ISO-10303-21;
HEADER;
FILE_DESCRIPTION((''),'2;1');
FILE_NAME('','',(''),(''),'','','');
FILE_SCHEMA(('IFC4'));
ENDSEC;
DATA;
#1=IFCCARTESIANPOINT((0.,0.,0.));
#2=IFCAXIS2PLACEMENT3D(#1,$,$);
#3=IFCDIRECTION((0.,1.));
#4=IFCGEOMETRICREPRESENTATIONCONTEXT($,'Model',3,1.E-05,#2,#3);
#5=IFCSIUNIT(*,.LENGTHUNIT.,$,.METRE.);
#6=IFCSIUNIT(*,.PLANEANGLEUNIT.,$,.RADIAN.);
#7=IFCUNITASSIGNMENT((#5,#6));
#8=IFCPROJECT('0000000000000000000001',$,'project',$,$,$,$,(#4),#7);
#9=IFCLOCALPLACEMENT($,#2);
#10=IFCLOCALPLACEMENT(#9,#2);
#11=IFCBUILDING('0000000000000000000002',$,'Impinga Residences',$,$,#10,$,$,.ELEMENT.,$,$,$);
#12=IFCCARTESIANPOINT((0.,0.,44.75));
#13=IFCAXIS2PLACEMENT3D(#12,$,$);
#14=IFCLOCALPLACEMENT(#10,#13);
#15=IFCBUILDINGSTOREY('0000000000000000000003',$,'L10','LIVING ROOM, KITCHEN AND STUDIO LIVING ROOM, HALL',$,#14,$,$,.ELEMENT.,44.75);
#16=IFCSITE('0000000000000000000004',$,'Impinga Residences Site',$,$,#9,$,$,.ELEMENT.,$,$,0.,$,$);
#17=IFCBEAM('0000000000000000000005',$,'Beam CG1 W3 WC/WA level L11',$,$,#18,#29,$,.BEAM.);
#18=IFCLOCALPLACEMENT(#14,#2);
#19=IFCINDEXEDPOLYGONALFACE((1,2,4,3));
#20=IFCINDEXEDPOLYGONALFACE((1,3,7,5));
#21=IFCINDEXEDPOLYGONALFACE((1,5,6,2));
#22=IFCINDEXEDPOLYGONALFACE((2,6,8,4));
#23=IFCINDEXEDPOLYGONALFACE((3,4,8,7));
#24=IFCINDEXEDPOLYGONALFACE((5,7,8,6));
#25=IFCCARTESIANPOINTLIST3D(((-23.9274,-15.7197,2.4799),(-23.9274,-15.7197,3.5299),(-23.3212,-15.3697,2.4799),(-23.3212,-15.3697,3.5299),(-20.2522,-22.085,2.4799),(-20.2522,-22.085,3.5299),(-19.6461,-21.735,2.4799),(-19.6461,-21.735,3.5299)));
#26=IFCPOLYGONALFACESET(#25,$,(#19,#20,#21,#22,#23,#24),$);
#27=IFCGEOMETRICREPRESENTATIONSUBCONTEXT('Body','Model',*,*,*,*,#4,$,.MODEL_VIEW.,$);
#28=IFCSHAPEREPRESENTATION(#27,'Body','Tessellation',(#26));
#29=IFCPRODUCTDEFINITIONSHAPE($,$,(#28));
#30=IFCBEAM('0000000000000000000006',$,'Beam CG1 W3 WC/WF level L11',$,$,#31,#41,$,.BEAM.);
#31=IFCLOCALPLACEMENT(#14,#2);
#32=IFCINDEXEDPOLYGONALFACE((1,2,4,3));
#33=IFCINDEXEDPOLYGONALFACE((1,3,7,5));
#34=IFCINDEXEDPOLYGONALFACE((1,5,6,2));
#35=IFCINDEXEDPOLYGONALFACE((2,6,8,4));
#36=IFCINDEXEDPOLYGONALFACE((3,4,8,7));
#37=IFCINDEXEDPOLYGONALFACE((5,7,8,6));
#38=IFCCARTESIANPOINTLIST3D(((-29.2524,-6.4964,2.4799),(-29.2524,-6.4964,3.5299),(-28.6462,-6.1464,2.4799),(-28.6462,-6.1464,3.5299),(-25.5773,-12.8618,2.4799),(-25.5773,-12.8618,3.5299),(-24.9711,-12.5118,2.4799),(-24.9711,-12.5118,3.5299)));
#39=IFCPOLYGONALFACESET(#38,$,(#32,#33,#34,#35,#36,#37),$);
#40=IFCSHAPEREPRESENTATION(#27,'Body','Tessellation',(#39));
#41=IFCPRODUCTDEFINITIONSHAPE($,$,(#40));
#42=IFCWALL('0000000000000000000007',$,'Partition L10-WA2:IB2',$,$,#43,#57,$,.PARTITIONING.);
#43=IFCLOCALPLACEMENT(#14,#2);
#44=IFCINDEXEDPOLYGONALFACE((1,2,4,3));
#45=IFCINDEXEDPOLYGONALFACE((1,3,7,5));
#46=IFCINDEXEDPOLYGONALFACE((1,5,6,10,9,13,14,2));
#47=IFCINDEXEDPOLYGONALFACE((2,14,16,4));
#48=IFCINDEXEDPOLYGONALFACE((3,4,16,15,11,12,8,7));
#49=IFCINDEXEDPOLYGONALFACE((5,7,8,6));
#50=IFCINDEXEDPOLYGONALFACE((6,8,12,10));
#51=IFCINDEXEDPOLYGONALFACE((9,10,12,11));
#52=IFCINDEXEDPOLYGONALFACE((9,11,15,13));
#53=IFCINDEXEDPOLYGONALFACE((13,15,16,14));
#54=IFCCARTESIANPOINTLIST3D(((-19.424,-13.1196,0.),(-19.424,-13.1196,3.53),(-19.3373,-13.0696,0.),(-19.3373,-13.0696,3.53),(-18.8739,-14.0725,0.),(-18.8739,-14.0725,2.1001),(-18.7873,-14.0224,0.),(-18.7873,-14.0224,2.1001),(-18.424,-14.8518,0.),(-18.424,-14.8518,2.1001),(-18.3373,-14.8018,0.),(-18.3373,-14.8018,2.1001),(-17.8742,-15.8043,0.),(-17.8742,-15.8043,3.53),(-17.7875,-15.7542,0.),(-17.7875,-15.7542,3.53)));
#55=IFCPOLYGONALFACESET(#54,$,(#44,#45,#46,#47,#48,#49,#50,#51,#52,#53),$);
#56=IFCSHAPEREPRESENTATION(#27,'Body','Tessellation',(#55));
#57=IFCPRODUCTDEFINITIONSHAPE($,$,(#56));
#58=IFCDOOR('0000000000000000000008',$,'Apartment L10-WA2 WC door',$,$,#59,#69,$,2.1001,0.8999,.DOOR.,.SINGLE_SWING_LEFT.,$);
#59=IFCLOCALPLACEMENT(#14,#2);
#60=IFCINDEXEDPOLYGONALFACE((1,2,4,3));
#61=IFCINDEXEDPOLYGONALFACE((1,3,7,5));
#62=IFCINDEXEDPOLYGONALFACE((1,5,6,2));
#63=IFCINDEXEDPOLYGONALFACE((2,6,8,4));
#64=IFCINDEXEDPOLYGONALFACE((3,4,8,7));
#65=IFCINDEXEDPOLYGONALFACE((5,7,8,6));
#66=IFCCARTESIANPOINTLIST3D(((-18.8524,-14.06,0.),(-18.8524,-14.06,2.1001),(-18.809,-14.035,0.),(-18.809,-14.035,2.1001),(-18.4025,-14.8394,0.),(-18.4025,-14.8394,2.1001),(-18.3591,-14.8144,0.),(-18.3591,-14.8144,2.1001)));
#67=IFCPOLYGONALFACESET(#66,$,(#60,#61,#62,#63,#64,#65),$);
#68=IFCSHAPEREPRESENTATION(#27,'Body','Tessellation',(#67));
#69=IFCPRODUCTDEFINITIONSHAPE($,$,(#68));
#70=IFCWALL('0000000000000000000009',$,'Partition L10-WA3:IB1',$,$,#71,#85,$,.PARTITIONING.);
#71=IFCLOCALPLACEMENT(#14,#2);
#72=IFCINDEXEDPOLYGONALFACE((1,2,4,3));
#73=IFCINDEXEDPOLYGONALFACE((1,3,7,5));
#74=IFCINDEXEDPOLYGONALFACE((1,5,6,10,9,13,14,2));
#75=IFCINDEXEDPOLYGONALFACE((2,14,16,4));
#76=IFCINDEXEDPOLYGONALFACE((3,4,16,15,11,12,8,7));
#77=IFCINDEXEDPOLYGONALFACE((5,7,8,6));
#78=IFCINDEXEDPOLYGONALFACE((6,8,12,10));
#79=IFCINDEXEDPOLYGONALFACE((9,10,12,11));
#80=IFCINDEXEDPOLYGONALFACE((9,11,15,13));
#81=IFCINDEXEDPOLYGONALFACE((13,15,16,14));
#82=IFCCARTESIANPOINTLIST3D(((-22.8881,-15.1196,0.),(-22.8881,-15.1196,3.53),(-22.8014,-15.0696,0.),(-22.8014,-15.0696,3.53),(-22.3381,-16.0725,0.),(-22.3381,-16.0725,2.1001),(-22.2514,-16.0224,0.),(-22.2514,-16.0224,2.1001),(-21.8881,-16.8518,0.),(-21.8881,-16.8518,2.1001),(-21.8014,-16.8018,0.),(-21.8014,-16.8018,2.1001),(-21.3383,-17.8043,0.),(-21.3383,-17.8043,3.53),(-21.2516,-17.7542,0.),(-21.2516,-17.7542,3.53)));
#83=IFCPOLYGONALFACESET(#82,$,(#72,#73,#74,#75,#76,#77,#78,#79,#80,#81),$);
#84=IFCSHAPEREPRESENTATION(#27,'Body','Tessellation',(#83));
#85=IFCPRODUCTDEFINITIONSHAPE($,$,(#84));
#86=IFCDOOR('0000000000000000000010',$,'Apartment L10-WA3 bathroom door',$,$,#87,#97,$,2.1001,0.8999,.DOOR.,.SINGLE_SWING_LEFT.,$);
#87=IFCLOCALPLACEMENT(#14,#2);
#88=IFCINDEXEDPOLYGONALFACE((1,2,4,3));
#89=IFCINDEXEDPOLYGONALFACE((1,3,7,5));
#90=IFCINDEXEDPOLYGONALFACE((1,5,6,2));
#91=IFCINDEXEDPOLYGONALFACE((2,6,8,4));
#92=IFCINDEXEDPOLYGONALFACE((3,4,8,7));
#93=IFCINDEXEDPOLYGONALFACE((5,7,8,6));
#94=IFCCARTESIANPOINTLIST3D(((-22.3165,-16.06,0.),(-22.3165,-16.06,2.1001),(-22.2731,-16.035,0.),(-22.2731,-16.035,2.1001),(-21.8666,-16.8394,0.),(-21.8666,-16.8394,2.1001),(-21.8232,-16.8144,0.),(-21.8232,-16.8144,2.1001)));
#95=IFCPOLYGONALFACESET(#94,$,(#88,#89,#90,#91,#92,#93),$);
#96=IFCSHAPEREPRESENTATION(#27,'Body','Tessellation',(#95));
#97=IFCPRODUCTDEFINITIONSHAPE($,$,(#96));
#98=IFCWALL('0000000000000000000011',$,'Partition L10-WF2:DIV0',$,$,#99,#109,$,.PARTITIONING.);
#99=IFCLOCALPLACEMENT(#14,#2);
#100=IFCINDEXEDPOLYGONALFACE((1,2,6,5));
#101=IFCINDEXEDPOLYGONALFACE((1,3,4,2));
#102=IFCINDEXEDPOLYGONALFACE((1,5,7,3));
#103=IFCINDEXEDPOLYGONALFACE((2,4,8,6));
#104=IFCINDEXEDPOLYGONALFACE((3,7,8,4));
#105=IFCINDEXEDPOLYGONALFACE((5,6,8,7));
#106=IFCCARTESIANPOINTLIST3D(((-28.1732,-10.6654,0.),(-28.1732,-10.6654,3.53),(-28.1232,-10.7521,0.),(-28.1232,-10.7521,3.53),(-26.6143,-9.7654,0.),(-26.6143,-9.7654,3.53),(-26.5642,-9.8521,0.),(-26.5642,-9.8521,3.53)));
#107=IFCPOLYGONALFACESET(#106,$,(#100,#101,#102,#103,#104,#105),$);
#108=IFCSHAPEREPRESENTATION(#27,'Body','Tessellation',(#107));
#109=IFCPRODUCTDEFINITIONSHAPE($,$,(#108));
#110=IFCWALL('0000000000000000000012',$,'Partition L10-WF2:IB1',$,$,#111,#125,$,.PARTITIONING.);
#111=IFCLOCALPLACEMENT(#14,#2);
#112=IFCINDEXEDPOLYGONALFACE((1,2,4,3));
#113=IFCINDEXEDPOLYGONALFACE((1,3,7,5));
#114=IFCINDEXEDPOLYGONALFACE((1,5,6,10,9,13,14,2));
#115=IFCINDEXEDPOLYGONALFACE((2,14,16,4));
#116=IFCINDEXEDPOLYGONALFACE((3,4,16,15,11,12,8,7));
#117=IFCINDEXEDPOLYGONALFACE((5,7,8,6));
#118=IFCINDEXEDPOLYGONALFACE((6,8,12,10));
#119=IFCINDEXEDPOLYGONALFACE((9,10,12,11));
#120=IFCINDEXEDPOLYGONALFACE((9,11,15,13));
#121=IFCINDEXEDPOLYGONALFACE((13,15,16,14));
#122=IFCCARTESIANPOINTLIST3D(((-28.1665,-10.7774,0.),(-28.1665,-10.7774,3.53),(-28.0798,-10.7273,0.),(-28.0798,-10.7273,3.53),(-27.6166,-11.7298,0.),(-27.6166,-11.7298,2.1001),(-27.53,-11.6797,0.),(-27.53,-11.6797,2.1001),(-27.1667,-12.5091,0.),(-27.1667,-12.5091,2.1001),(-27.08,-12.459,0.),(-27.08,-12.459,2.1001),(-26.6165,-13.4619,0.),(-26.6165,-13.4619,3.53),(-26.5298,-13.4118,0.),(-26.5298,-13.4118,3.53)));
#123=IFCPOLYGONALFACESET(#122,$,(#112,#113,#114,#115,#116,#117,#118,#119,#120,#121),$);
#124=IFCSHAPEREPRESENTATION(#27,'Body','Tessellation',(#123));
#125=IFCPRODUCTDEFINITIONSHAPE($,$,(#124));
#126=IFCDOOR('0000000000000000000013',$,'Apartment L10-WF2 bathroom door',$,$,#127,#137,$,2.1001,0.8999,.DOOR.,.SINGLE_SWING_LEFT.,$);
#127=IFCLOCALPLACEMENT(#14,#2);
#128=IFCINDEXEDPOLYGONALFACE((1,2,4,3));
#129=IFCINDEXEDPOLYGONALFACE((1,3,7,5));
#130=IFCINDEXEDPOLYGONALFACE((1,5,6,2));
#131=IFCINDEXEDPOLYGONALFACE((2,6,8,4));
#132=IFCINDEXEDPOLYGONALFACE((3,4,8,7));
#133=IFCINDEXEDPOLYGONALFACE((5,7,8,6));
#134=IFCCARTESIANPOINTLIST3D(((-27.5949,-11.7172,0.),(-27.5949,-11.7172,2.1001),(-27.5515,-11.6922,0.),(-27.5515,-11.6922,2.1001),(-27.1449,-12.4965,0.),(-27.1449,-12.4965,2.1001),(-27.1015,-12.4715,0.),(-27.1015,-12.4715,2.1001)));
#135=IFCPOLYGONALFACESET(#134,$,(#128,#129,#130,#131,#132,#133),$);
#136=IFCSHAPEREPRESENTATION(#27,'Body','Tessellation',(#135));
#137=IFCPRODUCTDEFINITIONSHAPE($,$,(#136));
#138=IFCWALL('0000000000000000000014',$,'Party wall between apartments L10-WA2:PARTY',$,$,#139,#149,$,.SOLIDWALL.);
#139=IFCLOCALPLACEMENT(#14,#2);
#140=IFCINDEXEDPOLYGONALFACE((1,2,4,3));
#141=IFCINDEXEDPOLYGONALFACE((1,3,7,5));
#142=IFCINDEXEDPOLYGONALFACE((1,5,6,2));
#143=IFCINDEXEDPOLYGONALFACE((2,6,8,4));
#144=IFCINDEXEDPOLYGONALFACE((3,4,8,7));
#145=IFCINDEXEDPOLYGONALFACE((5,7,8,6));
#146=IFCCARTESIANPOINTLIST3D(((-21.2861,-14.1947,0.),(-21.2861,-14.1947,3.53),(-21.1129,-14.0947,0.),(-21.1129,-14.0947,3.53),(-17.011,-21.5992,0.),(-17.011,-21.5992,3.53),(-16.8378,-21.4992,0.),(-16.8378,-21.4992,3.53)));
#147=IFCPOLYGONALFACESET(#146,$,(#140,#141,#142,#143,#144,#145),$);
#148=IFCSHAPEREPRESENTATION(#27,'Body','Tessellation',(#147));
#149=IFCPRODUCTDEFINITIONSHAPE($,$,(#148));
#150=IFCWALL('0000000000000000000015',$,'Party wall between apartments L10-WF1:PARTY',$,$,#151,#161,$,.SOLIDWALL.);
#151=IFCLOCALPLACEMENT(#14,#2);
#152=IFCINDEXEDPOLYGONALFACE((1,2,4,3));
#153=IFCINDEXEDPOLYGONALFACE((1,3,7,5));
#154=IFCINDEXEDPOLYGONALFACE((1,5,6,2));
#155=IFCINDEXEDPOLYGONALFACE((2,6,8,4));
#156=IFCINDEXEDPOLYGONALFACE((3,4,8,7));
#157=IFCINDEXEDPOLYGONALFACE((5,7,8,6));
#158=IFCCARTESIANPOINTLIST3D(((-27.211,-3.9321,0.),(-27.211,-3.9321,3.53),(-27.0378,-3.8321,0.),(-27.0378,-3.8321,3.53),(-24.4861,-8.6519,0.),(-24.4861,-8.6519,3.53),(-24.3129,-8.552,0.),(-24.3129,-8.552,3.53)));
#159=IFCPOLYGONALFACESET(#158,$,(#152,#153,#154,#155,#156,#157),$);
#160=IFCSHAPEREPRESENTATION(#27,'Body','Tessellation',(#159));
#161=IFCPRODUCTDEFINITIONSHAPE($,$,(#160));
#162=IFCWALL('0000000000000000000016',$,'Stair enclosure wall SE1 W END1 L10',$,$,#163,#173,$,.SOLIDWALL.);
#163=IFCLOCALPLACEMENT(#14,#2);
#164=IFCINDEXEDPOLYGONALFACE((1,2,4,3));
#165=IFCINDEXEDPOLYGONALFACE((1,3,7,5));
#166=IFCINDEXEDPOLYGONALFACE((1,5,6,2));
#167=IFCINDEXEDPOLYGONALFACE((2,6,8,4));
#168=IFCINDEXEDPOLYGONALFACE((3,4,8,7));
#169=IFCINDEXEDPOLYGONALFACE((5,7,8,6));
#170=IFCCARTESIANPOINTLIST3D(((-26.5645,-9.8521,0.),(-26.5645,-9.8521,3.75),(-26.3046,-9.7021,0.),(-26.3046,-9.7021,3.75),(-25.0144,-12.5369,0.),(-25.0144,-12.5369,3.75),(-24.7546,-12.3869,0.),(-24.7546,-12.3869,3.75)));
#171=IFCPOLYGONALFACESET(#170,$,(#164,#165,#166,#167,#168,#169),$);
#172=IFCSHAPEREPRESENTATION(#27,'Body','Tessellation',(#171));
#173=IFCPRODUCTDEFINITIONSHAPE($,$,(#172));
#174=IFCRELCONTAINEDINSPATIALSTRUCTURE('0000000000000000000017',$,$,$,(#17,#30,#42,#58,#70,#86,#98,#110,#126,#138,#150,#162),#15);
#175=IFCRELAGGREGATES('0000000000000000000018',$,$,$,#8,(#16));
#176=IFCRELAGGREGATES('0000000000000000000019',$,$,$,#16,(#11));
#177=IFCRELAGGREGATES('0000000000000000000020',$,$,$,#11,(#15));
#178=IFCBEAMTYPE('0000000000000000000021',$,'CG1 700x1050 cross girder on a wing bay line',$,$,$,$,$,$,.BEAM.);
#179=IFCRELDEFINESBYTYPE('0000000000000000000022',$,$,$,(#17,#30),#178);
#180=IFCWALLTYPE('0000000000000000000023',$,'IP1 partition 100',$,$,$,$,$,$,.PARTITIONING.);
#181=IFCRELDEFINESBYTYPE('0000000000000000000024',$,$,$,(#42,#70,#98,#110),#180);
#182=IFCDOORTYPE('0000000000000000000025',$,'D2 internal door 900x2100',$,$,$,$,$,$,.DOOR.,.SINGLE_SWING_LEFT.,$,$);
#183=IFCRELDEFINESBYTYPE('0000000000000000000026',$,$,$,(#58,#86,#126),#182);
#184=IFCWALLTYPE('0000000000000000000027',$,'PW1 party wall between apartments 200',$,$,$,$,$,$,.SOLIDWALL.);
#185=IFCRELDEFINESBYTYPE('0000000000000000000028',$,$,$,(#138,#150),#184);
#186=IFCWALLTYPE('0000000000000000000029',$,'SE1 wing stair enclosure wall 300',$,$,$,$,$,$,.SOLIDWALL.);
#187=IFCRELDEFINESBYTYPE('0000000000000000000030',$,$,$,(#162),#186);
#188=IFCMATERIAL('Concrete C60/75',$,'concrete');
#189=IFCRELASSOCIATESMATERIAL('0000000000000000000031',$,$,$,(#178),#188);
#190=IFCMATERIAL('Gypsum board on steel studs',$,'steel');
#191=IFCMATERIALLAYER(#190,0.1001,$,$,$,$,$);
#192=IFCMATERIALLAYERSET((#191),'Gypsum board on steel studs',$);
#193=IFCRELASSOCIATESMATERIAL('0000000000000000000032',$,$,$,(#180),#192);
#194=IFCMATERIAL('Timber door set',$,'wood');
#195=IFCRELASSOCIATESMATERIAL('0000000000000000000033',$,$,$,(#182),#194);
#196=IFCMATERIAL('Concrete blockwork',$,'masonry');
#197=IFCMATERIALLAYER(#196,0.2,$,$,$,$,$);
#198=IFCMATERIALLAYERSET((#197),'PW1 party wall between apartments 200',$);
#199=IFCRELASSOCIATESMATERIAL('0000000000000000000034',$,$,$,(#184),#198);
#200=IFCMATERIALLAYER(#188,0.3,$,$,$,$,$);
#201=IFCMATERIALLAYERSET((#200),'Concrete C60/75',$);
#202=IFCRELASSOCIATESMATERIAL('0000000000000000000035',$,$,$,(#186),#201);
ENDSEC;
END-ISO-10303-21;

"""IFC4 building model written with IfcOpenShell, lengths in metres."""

from ifc_helpers import new_model, si_unit, direction, frame, frame_2d, origin, origin_2d, place, context, subcontext, project, spatial, rectangle, extrude, material, layer, layer_set, material_profile, profile_set, type_object, element, fill, save


model = new_model("IFC4")

# Units and contexts
model_context = context("Model", 3, precision=1e-05, world=origin(), true_north=direction((0.0, 1.0)))
body_context = subcontext(model_context, "Body", "Model", "MODEL_VIEW")
ifc_project = project(units=[si_unit("LENGTHUNIT", "METRE"), si_unit("PLANEANGLEUNIT", "RADIAN")], contexts=[model_context])

# Site, building, storey
site_placement = place(None, origin())
site = spatial("IfcSite", under=ifc_project, at=site_placement, Name="Impinga Residences Site", CompositionType="ELEMENT", RefElevation=0.0)
building_placement = place(site_placement, origin())
building = spatial("IfcBuilding", under=site, at=building_placement, Name="Impinga Residences", CompositionType="ELEMENT")
storey_placement = place(building_placement, frame((0.0, 0.0, 44.75)))
storey = spatial("IfcBuildingStorey", under=building, at=storey_placement, Name="L10", Description="LIVING ROOM, KITCHEN AND STUDIO LIVING ROOM, HALL", CompositionType="ELEMENT", Elevation=44.75)

# Beams
ifc_material_1 = material(Name="Concrete C60/75", Category="concrete")
ifc_material_profile = material_profile(ifc_material_1, rectangle(XDim=0.7, YDim=1.05, at=origin_2d()), Name="RC 700x1050")
ifc_profile_set = profile_set([ifc_material_profile], Name="Concrete C60/75")
beam_type = type_object("IfcBeamType", Name="CG1 700x1050 cross girder on a wing bay line", PredefinedType="BEAM", material=ifc_profile_set)
for number, where, z_axis, x_axis, name in (
    (1, (-23.6243, -15.5447, 3.0049), (0.500008, -0.866021, 0.0), (0.866021, 0.500008, 0.0), "Beam CG1 W3 WC/WA level L11"),
    (2, (-25.2742, -12.6868, 3.0049), (-0.500008, 0.866021, 0.0), (-0.866021, -0.500008, 0.0), "Beam CG1 W3 WC/WF level L11"),
):
    element("IfcBeam", number, at=place(storey_placement, frame(where, z_axis=z_axis, x_axis=x_axis)), inside=storey, type_object=beam_type, Name=name, PredefinedType="BEAM", context=body_context, shape_type="SweptSolid", body=[
        extrude(rectangle(XDim=0.7, YDim=1.05, at=origin_2d()), origin(), (0.0, 0.0, 1.0), 7.3501),
    ])

# Walls, openings, doors
ifc_material_2 = material(Name="Gypsum board on steel studs", Category="steel")
ifc_layer_1 = layer(ifc_material_2, 0.1001)
ifc_layer_set_1 = layer_set([ifc_layer_1], Name="Gypsum board on steel studs")
wall_type_1 = type_object("IfcWallType", Name="IP1 partition 100", PredefinedType="PARTITIONING", material=ifc_layer_set_1)
wall_1_placement = place(storey_placement, frame((-19.3806, -13.0947, 0.0), z_axis=(0.0, 0.0, 1.0), x_axis=(0.499968, -0.866044, 0.0)))
wall_1 = element("IfcWall", 3, at=wall_1_placement, inside=storey, type_object=wall_type_1, Name="Partition L10-WA2:IB2", PredefinedType="PARTITIONING", context=body_context, shape_type="SweptSolid", body=[
    extrude(rectangle(XDim=3.0999, YDim=0.1001, at=frame_2d((1.5498, 0.0))), origin(), (0.0, 0.0, 1.0), 3.53),
])
opening_1_placement = place(wall_1_placement, frame((1.1001, 0.0, 0.0)))
opening_1 = element("IfcOpeningElement", 4, at=opening_1_placement, cuts=wall_1, PredefinedType="OPENING", context=body_context, shape_type="SweptSolid", body=[
    extrude(rectangle(XDim=0.8999, YDim=2.1001, at=frame_2d((0.45, 1.05))), frame((0.0, 0.0601, 0.0), z_axis=(0.0, -1.0, 0.0), x_axis=(1.0, 0.0, 0.0)), (0.0, 0.0, 1.0), 0.1201),
])
ifc_material_3 = material(Name="Timber door set", Category="wood")
door_type = type_object("IfcDoorType", Name="D2 internal door 900x2100", OperationType="SINGLE_SWING_LEFT", PredefinedType="DOOR", material=ifc_material_3)
door_1_placement = place(opening_1_placement, origin())
door_1 = element("IfcDoor", 5, at=door_1_placement, inside=storey, type_object=door_type, Name="Apartment L10-WA2 WC door", OperationType="SINGLE_SWING_LEFT", OverallHeight=2.1001, OverallWidth=0.8999, PredefinedType="DOOR", context=body_context, shape_type="SweptSolid", body=[
    extrude(rectangle(XDim=0.8999, YDim=2.1001, at=frame_2d((0.45, 1.05))), frame((0.0, 0.0249, 0.0), z_axis=(0.0, -1.0, 0.0), x_axis=(1.0, 0.0, 0.0)), (0.0, 0.0, 1.0), 0.05),
])
fill(opening_1, door_1)
wall_2_placement = place(storey_placement, frame((-22.8447, -15.0947, 0.0), z_axis=(0.0, 0.0, 1.0), x_axis=(0.499968, -0.866044, 0.0)))
wall_2 = element("IfcWall", 6, at=wall_2_placement, inside=storey, type_object=wall_type_1, Name="Partition L10-WA3:IB1", PredefinedType="PARTITIONING", context=body_context, shape_type="SweptSolid", body=[
    extrude(rectangle(XDim=3.0999, YDim=0.1001, at=frame_2d((1.5498, 0.0))), origin(), (0.0, 0.0, 1.0), 3.53),
])
opening_2_placement = place(wall_2_placement, frame((1.1001, 0.0, 0.0)))
opening_2 = element("IfcOpeningElement", 7, at=opening_2_placement, cuts=wall_2, PredefinedType="OPENING", context=body_context, shape_type="SweptSolid", body=[
    extrude(rectangle(XDim=0.8999, YDim=2.1001, at=frame_2d((0.45, 1.05))), frame((0.0, 0.0601, 0.0), z_axis=(0.0, -1.0, 0.0), x_axis=(1.0, 0.0, 0.0)), (0.0, 0.0, 1.0), 0.1201),
])
door_2_placement = place(opening_2_placement, origin())
door_2 = element("IfcDoor", 8, at=door_2_placement, inside=storey, type_object=door_type, Name="Apartment L10-WA3 bathroom door", OperationType="SINGLE_SWING_LEFT", OverallHeight=2.1001, OverallWidth=0.8999, PredefinedType="DOOR", context=body_context, shape_type="SweptSolid", body=[
    extrude(rectangle(XDim=0.8999, YDim=2.1001, at=frame_2d((0.45, 1.05))), frame((0.0, 0.0249, 0.0), z_axis=(0.0, -1.0, 0.0), x_axis=(1.0, 0.0, 0.0)), (0.0, 0.0, 1.0), 0.05),
])
fill(opening_2, door_2)

# Wall
wall_3_placement = place(storey_placement, frame((-26.5894, -9.8088, 0.0), z_axis=(0.0, 0.0, 1.0), x_axis=(-0.866048, -0.499961, 0.0)))
element("IfcWall", 9, at=wall_3_placement, inside=storey, type_object=wall_type_1, Name="Partition L10-WF2:DIV0", PredefinedType="PARTITIONING", context=body_context, shape_type="SweptSolid", body=[
    extrude(rectangle(XDim=1.8, YDim=0.1001, at=frame_2d((0.8999, 0.0))), origin(), (0.0, 0.0, 1.0), 3.53),
])

# Wall, opening, door
wall_4_placement = place(storey_placement, frame((-26.5732, -13.4368, 0.0), z_axis=(0.0, 0.0, 1.0), x_axis=(-0.500027, 0.86601, 0.0)))
wall_4 = element("IfcWall", 10, at=wall_4_placement, inside=storey, type_object=wall_type_1, Name="Partition L10-WF2:IB1", PredefinedType="PARTITIONING", context=body_context, shape_type="SweptSolid", body=[
    extrude(rectangle(XDim=3.0999, YDim=0.1001, at=frame_2d((1.5498, 0.0))), origin(), (0.0, 0.0, 1.0), 3.53),
])
opening_3_placement = place(wall_4_placement, frame((1.1001, 0.0, 0.0)))
opening_3 = element("IfcOpeningElement", 11, at=opening_3_placement, cuts=wall_4, PredefinedType="OPENING", context=body_context, shape_type="SweptSolid", body=[
    extrude(rectangle(XDim=0.8999, YDim=2.1001, at=frame_2d((0.45, 1.05))), frame((0.0, 0.0601, 0.0), z_axis=(0.0, -1.0, 0.0), x_axis=(1.0, 0.0, 0.0)), (0.0, 0.0, 1.0), 0.1201),
])
door_3_placement = place(opening_3_placement, origin())
door_3 = element("IfcDoor", 12, at=door_3_placement, inside=storey, type_object=door_type, Name="Apartment L10-WF2 bathroom door", OperationType="SINGLE_SWING_LEFT", OverallHeight=2.1001, OverallWidth=0.8999, PredefinedType="DOOR", context=body_context, shape_type="SweptSolid", body=[
    extrude(rectangle(XDim=0.8999, YDim=2.1001, at=frame_2d((0.45, 1.05))), frame((0.0, 0.0249, 0.0), z_axis=(0.0, -1.0, 0.0), x_axis=(1.0, 0.0, 0.0)), (0.0, 0.0, 1.0), 0.05),
])
fill(opening_3, door_3)

# Walls
ifc_material_4 = material(Name="Concrete blockwork", Category="masonry")
ifc_layer_2 = layer(ifc_material_4, 0.2)
ifc_layer_set_2 = layer_set([ifc_layer_2], Name="PW1 party wall between apartments 200")
wall_type_2 = type_object("IfcWallType", Name="PW1 party wall between apartments 200", PredefinedType="SOLIDWALL", material=ifc_layer_set_2)
wall_5_placement = place(storey_placement, frame((-21.1995, -14.1448, 0.0), z_axis=(0.0, 0.0, 1.0), x_axis=(0.500012, -0.866019, 0.0)))
element("IfcWall", 13, at=wall_5_placement, inside=storey, type_object=wall_type_2, Name="Party wall between apartments L10-WA2:PARTY", PredefinedType="SOLIDWALL", context=body_context, shape_type="SweptSolid", body=[
    extrude(rectangle(XDim=8.55, YDim=0.2, at=frame_2d((4.2749, 0.0))), origin(), (0.0, 0.0, 1.0), 3.53),
])
wall_6_placement = place(storey_placement, frame((-24.3994, -8.6021, 0.0), z_axis=(0.0, 0.0, 1.0), x_axis=(-0.499989, 0.866032, 0.0)))
element("IfcWall", 14, at=wall_6_placement, inside=storey, type_object=wall_type_2, Name="Party wall between apartments L10-WF1:PARTY", PredefinedType="SOLIDWALL", context=body_context, shape_type="SweptSolid", body=[
    extrude(rectangle(XDim=5.45, YDim=0.2, at=frame_2d((2.7251, 0.0))), origin(), (0.0, 0.0, 1.0), 3.53),
])
ifc_layer_3 = layer(ifc_material_1, 0.3)
ifc_layer_set_3 = layer_set([ifc_layer_3], Name="Concrete C60/75")
wall_type_3 = type_object("IfcWallType", Name="SE1 wing stair enclosure wall 300", PredefinedType="SOLIDWALL", material=ifc_layer_set_3)
wall_7_placement = place(storey_placement, frame((-24.8845, -12.4619, 0.0), z_axis=(0.0, 0.0, 1.0), x_axis=(-0.499993, 0.86603, 0.0)))
element("IfcWall", 15, at=wall_7_placement, inside=storey, type_object=wall_type_3, Name="Stair enclosure wall SE1 W END1 L10", PredefinedType="SOLIDWALL", context=body_context, shape_type="SweptSolid", body=[
    extrude(rectangle(XDim=3.1001, YDim=0.3, at=frame_2d((1.55, 0.0))), origin(), (0.0, 0.0, 1.0), 3.75),
])

save(model, "model.ifc")
